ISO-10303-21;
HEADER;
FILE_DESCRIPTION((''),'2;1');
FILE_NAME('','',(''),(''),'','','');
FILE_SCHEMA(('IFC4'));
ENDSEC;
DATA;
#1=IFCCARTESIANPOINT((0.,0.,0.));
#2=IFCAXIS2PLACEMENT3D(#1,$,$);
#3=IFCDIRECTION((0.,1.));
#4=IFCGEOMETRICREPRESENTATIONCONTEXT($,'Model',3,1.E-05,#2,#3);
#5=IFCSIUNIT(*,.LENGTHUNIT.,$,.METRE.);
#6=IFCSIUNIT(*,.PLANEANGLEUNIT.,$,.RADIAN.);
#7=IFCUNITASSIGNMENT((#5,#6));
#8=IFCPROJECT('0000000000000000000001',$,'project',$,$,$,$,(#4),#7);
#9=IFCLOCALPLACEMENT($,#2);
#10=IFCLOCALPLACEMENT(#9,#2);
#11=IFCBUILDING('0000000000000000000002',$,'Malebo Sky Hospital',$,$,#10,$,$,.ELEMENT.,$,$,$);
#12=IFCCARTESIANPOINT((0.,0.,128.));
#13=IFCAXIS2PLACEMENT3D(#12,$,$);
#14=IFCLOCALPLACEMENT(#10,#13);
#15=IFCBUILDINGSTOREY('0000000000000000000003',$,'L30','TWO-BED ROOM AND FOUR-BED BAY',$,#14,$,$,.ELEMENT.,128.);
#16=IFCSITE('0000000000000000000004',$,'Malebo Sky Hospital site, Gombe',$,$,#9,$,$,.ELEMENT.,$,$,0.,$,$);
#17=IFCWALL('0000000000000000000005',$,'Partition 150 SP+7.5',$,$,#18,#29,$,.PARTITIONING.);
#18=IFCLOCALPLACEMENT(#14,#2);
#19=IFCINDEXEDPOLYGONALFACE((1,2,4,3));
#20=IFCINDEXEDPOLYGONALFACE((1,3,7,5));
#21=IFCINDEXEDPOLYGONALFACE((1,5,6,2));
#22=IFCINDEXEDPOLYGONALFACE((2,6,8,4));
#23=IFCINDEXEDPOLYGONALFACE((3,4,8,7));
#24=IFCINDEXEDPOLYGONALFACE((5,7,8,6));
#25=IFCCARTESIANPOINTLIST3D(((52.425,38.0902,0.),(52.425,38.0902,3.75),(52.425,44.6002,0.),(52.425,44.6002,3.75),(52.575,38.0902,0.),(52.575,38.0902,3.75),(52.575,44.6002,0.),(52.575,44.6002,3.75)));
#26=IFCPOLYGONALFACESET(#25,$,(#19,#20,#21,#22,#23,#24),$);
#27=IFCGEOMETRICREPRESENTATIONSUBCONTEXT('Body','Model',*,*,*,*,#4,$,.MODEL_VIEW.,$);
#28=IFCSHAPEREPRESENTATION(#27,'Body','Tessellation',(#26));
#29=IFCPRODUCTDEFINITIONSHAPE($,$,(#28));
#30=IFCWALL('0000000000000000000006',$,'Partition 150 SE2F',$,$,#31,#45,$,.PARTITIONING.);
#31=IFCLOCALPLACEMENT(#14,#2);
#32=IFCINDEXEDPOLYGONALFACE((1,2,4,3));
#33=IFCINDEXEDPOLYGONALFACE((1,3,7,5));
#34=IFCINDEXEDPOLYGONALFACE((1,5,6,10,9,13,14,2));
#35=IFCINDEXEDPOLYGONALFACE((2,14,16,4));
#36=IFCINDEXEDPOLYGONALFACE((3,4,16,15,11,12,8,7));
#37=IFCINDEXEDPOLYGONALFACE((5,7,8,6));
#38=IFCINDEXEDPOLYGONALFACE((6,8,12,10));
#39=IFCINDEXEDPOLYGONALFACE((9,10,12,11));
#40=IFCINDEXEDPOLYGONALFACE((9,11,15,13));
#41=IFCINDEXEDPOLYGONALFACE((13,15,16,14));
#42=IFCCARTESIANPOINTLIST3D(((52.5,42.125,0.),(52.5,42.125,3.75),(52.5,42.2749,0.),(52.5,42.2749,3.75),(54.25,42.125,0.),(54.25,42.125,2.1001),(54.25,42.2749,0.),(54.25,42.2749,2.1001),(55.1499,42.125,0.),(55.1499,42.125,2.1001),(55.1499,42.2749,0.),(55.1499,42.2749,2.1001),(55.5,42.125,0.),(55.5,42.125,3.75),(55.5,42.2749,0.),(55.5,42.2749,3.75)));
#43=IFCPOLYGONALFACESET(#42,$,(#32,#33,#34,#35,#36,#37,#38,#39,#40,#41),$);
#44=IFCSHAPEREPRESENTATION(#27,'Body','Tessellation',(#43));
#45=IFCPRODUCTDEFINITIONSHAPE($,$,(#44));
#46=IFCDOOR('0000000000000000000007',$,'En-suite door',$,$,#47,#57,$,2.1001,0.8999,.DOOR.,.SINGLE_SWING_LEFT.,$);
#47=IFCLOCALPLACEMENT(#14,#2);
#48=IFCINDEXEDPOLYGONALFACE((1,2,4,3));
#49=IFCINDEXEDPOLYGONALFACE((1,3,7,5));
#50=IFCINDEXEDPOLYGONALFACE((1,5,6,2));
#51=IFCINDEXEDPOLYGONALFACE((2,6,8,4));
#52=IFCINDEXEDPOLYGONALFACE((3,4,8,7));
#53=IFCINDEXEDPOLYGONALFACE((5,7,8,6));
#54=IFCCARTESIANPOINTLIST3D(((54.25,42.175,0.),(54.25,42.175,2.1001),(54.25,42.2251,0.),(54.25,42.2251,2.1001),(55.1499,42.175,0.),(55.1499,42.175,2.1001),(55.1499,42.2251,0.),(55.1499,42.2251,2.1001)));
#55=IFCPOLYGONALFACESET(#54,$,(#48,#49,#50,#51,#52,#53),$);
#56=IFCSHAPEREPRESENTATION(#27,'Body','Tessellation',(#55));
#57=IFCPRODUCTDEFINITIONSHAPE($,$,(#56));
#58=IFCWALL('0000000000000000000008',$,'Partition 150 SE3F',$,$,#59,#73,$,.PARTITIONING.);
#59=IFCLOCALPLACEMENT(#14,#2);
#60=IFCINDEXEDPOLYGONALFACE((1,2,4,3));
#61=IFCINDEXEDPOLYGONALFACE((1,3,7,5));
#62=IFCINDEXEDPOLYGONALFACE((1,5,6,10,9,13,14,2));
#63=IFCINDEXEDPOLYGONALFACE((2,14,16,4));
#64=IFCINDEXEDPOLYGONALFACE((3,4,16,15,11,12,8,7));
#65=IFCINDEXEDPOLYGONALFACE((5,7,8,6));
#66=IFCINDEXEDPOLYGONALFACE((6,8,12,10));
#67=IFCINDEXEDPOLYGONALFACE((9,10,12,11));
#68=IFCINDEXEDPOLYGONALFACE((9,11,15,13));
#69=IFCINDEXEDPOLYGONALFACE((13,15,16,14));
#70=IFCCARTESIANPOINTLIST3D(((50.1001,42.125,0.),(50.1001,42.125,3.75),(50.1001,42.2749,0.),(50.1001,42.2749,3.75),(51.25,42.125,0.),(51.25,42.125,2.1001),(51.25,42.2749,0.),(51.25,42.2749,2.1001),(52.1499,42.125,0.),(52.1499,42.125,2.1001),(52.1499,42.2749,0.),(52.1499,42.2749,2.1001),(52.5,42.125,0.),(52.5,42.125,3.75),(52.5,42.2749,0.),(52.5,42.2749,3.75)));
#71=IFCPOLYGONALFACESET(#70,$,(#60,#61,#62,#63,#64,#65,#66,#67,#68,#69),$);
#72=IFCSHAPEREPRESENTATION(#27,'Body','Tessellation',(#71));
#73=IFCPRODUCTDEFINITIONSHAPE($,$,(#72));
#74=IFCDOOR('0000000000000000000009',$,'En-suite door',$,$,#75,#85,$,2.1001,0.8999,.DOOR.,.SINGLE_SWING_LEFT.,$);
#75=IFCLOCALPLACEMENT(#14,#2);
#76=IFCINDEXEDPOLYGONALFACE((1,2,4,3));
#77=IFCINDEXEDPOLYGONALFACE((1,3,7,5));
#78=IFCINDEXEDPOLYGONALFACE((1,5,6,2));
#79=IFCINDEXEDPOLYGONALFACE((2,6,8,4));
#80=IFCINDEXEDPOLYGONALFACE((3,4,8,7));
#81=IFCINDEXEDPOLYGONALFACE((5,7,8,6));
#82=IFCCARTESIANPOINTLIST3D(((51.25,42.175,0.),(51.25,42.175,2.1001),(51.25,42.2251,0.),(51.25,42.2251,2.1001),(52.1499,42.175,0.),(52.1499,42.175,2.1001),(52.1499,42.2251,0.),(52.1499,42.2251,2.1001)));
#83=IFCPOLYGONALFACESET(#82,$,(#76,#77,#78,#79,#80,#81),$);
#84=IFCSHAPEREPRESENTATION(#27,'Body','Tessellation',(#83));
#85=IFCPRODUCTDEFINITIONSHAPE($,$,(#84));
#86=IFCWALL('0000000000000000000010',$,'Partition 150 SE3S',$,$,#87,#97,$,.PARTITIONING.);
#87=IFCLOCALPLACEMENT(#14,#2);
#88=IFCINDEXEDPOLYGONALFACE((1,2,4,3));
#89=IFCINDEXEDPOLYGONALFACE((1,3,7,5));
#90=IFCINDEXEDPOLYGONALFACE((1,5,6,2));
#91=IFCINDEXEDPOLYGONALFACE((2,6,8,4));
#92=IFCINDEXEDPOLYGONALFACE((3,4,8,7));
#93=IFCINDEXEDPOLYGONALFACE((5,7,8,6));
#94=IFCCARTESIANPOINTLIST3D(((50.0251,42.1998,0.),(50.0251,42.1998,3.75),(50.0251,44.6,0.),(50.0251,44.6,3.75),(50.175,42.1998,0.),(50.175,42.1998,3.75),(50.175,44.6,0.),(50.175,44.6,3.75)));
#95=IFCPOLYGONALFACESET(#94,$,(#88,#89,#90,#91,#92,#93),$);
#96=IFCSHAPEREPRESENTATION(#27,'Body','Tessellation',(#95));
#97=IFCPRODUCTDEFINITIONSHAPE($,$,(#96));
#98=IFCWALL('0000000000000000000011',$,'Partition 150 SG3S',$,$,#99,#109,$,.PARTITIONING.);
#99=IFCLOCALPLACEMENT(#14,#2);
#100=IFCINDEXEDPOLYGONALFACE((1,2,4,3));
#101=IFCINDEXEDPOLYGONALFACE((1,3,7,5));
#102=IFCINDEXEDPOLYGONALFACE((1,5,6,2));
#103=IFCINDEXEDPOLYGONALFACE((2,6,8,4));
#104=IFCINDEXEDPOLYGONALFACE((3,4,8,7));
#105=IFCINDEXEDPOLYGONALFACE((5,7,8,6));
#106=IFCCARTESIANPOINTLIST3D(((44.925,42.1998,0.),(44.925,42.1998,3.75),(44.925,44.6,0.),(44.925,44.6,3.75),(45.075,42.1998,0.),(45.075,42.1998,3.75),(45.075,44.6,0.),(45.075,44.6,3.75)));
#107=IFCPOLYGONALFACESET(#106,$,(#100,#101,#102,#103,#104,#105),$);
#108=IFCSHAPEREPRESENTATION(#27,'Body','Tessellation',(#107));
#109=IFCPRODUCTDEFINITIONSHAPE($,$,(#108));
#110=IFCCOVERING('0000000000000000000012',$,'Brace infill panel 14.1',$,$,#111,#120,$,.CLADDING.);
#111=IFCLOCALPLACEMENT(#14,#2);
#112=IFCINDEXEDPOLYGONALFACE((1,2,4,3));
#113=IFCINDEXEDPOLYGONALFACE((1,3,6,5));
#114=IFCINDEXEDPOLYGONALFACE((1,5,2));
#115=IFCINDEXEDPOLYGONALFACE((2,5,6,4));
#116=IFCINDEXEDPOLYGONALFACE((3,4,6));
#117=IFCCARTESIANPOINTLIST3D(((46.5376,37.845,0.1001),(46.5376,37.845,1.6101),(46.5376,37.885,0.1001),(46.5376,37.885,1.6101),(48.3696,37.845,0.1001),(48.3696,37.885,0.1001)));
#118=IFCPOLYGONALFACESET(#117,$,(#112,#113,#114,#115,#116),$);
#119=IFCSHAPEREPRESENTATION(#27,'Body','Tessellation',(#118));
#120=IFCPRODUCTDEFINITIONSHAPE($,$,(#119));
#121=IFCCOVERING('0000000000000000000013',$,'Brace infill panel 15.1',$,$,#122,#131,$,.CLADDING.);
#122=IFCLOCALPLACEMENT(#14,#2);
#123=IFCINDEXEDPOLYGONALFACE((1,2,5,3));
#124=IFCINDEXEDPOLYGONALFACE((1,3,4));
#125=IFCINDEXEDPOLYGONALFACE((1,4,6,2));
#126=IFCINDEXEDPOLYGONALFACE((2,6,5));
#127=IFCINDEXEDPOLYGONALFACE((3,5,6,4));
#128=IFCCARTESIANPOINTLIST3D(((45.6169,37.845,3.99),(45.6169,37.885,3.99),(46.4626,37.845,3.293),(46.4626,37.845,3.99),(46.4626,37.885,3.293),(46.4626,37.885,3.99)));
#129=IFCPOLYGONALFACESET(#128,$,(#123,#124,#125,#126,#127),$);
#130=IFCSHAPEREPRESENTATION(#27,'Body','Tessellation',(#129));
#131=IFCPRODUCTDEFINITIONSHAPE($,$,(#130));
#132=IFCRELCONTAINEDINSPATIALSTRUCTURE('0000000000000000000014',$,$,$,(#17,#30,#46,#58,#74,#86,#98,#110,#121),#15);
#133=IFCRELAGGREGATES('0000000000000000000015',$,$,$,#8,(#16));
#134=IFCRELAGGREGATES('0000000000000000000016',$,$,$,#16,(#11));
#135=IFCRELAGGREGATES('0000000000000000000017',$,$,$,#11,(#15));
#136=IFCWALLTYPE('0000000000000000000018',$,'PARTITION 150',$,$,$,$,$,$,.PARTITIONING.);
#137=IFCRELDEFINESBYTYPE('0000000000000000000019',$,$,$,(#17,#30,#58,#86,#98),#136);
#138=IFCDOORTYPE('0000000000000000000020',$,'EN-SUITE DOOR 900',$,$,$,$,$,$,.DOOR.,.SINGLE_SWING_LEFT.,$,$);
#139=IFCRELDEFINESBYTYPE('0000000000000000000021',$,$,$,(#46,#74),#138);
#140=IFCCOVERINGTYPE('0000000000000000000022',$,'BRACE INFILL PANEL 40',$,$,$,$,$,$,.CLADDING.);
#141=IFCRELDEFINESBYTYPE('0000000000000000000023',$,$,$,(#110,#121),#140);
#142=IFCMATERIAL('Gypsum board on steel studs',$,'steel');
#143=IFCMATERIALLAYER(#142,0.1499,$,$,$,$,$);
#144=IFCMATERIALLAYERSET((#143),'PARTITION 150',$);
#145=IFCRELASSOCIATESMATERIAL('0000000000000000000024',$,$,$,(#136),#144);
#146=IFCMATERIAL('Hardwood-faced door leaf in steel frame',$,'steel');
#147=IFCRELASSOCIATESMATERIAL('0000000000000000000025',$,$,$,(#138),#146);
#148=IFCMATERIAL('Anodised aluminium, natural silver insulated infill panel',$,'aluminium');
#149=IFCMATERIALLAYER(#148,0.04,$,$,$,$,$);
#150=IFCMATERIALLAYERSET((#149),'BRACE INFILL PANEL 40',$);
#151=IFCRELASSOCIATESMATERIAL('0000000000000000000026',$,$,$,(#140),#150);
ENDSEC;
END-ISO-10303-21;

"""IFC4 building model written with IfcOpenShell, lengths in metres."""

from ifc_helpers import new_model, si_unit, direction, frame, frame_2d, origin, place, context, subcontext, project, spatial, polyline, rectangle, outline, extrude, material, layer, layer_set, type_object, element, fill, save


model = new_model("IFC4")

# Units and contexts
model_context = context("Model", 3, precision=1e-05, world=origin(), true_north=direction((0.0, 1.0)))
body_context = subcontext(model_context, "Body", "Model", "MODEL_VIEW")
ifc_project = project(units=[si_unit("LENGTHUNIT", "METRE"), si_unit("PLANEANGLEUNIT", "RADIAN")], contexts=[model_context])

# Site, building, storey
site_placement = place(None, origin())
site = spatial("IfcSite", under=ifc_project, at=site_placement, Name="Malebo Sky Hospital site, Gombe", CompositionType="ELEMENT", RefElevation=0.0)
building_placement = place(site_placement, origin())
building = spatial("IfcBuilding", under=site, at=building_placement, Name="Malebo Sky Hospital", CompositionType="ELEMENT")
storey_placement = place(building_placement, frame((0.0, 0.0, 128.0)))
storey = spatial("IfcBuildingStorey", under=building, at=storey_placement, Name="L30", Description="TWO-BED ROOM AND FOUR-BED BAY", CompositionType="ELEMENT", Elevation=128.0)

# Wall
ifc_material_1 = material(Name="Gypsum board on steel studs", Category="steel")
ifc_layer_1 = layer(ifc_material_1, 0.1499)
ifc_layer_set_1 = layer_set([ifc_layer_1], Name="PARTITION 150")
wall_type = type_object("IfcWallType", Name="PARTITION 150", PredefinedType="PARTITIONING", material=ifc_layer_set_1)
wall_1_placement = place(storey_placement, frame((52.5, 44.6001, 0.0), z_axis=(0.0, 0.0, 1.0), x_axis=(0.0, -1.0, 0.0)))
element("IfcWall", 1, at=wall_1_placement, inside=storey, type_object=wall_type, Name="Partition 150 SP+7.5", PredefinedType="PARTITIONING", context=body_context, shape_type="SweptSolid", body=[
    extrude(rectangle(XDim=6.51, YDim=0.1499, at=frame_2d((3.2549, 0.0))), origin(), (0.0, 0.0, 1.0), 3.75),
])

# Walls, openings, doors
wall_2_placement = place(storey_placement, frame((55.5, 42.2, 0.0), z_axis=(0.0, 0.0, 1.0), x_axis=(-1.0, 0.0, 0.0)))
wall_2 = element("IfcWall", 2, at=wall_2_placement, inside=storey, type_object=wall_type, Name="Partition 150 SE2F", PredefinedType="PARTITIONING", context=body_context, shape_type="SweptSolid", body=[
    extrude(rectangle(XDim=3.0, YDim=0.1499, at=frame_2d((1.5, 0.0))), origin(), (0.0, 0.0, 1.0), 3.75),
])
opening_1_placement = place(wall_2_placement, frame((0.3501, 0.0, 0.0)))
opening_1 = element("IfcOpeningElement", 3, at=opening_1_placement, cuts=wall_2, PredefinedType="OPENING", context=body_context, shape_type="SweptSolid", body=[
    extrude(rectangle(XDim=0.8999, YDim=2.1001, at=frame_2d((0.45, 1.05))), frame((0.0, 0.085, 0.0), z_axis=(0.0, -1.0, 0.0), x_axis=(1.0, 0.0, 0.0)), (0.0, 0.0, 1.0), 0.1699),
])
ifc_material_2 = material(Name="Hardwood-faced door leaf in steel frame", Category="steel")
door_type = type_object("IfcDoorType", Name="EN-SUITE DOOR 900", OperationType="SINGLE_SWING_LEFT", PredefinedType="DOOR", material=ifc_material_2)
door_1_placement = place(opening_1_placement, origin())
door_1 = element("IfcDoor", 4, at=door_1_placement, inside=storey, type_object=door_type, Name="En-suite door", OperationType="SINGLE_SWING_LEFT", OverallHeight=2.1001, OverallWidth=0.8999, PredefinedType="DOOR", context=body_context, shape_type="SweptSolid", body=[
    extrude(rectangle(XDim=0.8999, YDim=2.1001, at=frame_2d((0.45, 1.05))), frame((0.0, 0.0249, 0.0), z_axis=(0.0, -1.0, 0.0), x_axis=(1.0, 0.0, 0.0)), (0.0, 0.0, 1.0), 0.05),
])
fill(opening_1, door_1)
wall_3_placement = place(storey_placement, frame((52.5, 42.2, 0.0), z_axis=(0.0, 0.0, 1.0), x_axis=(-1.0, 0.0, 0.0)))
wall_3 = element("IfcWall", 5, at=wall_3_placement, inside=storey, type_object=wall_type, Name="Partition 150 SE3F", PredefinedType="PARTITIONING", context=body_context, shape_type="SweptSolid", body=[
    extrude(rectangle(XDim=2.3999, YDim=0.1499, at=frame_2d((1.2, 0.0))), origin(), (0.0, 0.0, 1.0), 3.75),
])
opening_2_placement = place(wall_3_placement, frame((0.3501, 0.0, 0.0)))
opening_2 = element("IfcOpeningElement", 6, at=opening_2_placement, cuts=wall_3, PredefinedType="OPENING", context=body_context, shape_type="SweptSolid", body=[
    extrude(rectangle(XDim=0.8999, YDim=2.1001, at=frame_2d((0.45, 1.05))), frame((0.0, 0.085, 0.0), z_axis=(0.0, -1.0, 0.0), x_axis=(1.0, 0.0, 0.0)), (0.0, 0.0, 1.0), 0.1699),
])
door_2_placement = place(opening_2_placement, origin())
door_2 = element("IfcDoor", 7, at=door_2_placement, inside=storey, type_object=door_type, Name="En-suite door", OperationType="SINGLE_SWING_LEFT", OverallHeight=2.1001, OverallWidth=0.8999, PredefinedType="DOOR", context=body_context, shape_type="SweptSolid", body=[
    extrude(rectangle(XDim=0.8999, YDim=2.1001, at=frame_2d((0.45, 1.05))), frame((0.0, 0.0249, 0.0), z_axis=(0.0, -1.0, 0.0), x_axis=(1.0, 0.0, 0.0)), (0.0, 0.0, 1.0), 0.05),
])
fill(opening_2, door_2)

# Walls
for number, where, z_axis, x_axis, name in (
    (8, (50.1001, 44.6001, 0.0), (0.0, 0.0, 1.0), (0.0, -1.0, 0.0), "Partition 150 SE3S"),
    (9, (45.0, 44.6001, 0.0), (0.0, 0.0, 1.0), (0.0, -1.0, 0.0), "Partition 150 SG3S"),
):
    element("IfcWall", number, at=place(storey_placement, frame(where, z_axis=z_axis, x_axis=x_axis)), inside=storey, type_object=wall_type, Name=name, PredefinedType="PARTITIONING", context=body_context, shape_type="SweptSolid", body=[
        extrude(rectangle(XDim=2.4001, YDim=0.1499, at=frame_2d((1.2002, 0.0))), origin(), (0.0, 0.0, 1.0), 3.75),
    ])

# Coverings
ifc_material_3 = material(Name="Anodised aluminium, natural silver insulated infill panel", Category="aluminium")
ifc_layer_2 = layer(ifc_material_3, 0.04)
ifc_layer_set_2 = layer_set([ifc_layer_2], Name="BRACE INFILL PANEL 40")
covering_type = type_object("IfcCoveringType", Name="BRACE INFILL PANEL 40", PredefinedType="CLADDING", material=ifc_layer_set_2)
covering_1_placement = place(storey_placement, frame((47.4536, 37.865, 0.1001), z_axis=(0.0, 0.0, 1.0), x_axis=(-1.0, 0.0, 0.0)))
element("IfcCovering", 10, at=covering_1_placement, inside=storey, type_object=covering_type, Name="Brace infill panel 14.1", PredefinedType="CLADDING", context=body_context, shape_type="SweptSolid", body=[
    extrude(outline(polyline([(-0.916, 0.0), (0.916, 0.0), (0.916, 1.51), (-0.916, 0.0)])), frame((0.0, 0.02, 0.0), z_axis=(0.0, -1.0, 0.0), x_axis=(1.0, 0.0, 0.0)), (0.0, 0.0, 1.0), 0.04),
])
covering_2_placement = place(storey_placement, frame((46.0398, 37.865, 3.293), z_axis=(0.0, 0.0, 1.0), x_axis=(-1.0, 0.0, 0.0)))
element("IfcCovering", 11, at=covering_2_placement, inside=storey, type_object=covering_type, Name="Brace infill panel 15.1", PredefinedType="CLADDING", context=body_context, shape_type="SweptSolid", body=[
    extrude(outline(polyline([(-0.4229, 0.0), (0.4229, 0.697), (-0.4229, 0.697), (-0.4229, 0.0)])), frame((0.0, 0.02, 0.0), z_axis=(0.0, -1.0, 0.0), x_axis=(1.0, 0.0, 0.0)), (0.0, 0.0, 1.0), 0.04),
])

save(model, "model.ifc")
